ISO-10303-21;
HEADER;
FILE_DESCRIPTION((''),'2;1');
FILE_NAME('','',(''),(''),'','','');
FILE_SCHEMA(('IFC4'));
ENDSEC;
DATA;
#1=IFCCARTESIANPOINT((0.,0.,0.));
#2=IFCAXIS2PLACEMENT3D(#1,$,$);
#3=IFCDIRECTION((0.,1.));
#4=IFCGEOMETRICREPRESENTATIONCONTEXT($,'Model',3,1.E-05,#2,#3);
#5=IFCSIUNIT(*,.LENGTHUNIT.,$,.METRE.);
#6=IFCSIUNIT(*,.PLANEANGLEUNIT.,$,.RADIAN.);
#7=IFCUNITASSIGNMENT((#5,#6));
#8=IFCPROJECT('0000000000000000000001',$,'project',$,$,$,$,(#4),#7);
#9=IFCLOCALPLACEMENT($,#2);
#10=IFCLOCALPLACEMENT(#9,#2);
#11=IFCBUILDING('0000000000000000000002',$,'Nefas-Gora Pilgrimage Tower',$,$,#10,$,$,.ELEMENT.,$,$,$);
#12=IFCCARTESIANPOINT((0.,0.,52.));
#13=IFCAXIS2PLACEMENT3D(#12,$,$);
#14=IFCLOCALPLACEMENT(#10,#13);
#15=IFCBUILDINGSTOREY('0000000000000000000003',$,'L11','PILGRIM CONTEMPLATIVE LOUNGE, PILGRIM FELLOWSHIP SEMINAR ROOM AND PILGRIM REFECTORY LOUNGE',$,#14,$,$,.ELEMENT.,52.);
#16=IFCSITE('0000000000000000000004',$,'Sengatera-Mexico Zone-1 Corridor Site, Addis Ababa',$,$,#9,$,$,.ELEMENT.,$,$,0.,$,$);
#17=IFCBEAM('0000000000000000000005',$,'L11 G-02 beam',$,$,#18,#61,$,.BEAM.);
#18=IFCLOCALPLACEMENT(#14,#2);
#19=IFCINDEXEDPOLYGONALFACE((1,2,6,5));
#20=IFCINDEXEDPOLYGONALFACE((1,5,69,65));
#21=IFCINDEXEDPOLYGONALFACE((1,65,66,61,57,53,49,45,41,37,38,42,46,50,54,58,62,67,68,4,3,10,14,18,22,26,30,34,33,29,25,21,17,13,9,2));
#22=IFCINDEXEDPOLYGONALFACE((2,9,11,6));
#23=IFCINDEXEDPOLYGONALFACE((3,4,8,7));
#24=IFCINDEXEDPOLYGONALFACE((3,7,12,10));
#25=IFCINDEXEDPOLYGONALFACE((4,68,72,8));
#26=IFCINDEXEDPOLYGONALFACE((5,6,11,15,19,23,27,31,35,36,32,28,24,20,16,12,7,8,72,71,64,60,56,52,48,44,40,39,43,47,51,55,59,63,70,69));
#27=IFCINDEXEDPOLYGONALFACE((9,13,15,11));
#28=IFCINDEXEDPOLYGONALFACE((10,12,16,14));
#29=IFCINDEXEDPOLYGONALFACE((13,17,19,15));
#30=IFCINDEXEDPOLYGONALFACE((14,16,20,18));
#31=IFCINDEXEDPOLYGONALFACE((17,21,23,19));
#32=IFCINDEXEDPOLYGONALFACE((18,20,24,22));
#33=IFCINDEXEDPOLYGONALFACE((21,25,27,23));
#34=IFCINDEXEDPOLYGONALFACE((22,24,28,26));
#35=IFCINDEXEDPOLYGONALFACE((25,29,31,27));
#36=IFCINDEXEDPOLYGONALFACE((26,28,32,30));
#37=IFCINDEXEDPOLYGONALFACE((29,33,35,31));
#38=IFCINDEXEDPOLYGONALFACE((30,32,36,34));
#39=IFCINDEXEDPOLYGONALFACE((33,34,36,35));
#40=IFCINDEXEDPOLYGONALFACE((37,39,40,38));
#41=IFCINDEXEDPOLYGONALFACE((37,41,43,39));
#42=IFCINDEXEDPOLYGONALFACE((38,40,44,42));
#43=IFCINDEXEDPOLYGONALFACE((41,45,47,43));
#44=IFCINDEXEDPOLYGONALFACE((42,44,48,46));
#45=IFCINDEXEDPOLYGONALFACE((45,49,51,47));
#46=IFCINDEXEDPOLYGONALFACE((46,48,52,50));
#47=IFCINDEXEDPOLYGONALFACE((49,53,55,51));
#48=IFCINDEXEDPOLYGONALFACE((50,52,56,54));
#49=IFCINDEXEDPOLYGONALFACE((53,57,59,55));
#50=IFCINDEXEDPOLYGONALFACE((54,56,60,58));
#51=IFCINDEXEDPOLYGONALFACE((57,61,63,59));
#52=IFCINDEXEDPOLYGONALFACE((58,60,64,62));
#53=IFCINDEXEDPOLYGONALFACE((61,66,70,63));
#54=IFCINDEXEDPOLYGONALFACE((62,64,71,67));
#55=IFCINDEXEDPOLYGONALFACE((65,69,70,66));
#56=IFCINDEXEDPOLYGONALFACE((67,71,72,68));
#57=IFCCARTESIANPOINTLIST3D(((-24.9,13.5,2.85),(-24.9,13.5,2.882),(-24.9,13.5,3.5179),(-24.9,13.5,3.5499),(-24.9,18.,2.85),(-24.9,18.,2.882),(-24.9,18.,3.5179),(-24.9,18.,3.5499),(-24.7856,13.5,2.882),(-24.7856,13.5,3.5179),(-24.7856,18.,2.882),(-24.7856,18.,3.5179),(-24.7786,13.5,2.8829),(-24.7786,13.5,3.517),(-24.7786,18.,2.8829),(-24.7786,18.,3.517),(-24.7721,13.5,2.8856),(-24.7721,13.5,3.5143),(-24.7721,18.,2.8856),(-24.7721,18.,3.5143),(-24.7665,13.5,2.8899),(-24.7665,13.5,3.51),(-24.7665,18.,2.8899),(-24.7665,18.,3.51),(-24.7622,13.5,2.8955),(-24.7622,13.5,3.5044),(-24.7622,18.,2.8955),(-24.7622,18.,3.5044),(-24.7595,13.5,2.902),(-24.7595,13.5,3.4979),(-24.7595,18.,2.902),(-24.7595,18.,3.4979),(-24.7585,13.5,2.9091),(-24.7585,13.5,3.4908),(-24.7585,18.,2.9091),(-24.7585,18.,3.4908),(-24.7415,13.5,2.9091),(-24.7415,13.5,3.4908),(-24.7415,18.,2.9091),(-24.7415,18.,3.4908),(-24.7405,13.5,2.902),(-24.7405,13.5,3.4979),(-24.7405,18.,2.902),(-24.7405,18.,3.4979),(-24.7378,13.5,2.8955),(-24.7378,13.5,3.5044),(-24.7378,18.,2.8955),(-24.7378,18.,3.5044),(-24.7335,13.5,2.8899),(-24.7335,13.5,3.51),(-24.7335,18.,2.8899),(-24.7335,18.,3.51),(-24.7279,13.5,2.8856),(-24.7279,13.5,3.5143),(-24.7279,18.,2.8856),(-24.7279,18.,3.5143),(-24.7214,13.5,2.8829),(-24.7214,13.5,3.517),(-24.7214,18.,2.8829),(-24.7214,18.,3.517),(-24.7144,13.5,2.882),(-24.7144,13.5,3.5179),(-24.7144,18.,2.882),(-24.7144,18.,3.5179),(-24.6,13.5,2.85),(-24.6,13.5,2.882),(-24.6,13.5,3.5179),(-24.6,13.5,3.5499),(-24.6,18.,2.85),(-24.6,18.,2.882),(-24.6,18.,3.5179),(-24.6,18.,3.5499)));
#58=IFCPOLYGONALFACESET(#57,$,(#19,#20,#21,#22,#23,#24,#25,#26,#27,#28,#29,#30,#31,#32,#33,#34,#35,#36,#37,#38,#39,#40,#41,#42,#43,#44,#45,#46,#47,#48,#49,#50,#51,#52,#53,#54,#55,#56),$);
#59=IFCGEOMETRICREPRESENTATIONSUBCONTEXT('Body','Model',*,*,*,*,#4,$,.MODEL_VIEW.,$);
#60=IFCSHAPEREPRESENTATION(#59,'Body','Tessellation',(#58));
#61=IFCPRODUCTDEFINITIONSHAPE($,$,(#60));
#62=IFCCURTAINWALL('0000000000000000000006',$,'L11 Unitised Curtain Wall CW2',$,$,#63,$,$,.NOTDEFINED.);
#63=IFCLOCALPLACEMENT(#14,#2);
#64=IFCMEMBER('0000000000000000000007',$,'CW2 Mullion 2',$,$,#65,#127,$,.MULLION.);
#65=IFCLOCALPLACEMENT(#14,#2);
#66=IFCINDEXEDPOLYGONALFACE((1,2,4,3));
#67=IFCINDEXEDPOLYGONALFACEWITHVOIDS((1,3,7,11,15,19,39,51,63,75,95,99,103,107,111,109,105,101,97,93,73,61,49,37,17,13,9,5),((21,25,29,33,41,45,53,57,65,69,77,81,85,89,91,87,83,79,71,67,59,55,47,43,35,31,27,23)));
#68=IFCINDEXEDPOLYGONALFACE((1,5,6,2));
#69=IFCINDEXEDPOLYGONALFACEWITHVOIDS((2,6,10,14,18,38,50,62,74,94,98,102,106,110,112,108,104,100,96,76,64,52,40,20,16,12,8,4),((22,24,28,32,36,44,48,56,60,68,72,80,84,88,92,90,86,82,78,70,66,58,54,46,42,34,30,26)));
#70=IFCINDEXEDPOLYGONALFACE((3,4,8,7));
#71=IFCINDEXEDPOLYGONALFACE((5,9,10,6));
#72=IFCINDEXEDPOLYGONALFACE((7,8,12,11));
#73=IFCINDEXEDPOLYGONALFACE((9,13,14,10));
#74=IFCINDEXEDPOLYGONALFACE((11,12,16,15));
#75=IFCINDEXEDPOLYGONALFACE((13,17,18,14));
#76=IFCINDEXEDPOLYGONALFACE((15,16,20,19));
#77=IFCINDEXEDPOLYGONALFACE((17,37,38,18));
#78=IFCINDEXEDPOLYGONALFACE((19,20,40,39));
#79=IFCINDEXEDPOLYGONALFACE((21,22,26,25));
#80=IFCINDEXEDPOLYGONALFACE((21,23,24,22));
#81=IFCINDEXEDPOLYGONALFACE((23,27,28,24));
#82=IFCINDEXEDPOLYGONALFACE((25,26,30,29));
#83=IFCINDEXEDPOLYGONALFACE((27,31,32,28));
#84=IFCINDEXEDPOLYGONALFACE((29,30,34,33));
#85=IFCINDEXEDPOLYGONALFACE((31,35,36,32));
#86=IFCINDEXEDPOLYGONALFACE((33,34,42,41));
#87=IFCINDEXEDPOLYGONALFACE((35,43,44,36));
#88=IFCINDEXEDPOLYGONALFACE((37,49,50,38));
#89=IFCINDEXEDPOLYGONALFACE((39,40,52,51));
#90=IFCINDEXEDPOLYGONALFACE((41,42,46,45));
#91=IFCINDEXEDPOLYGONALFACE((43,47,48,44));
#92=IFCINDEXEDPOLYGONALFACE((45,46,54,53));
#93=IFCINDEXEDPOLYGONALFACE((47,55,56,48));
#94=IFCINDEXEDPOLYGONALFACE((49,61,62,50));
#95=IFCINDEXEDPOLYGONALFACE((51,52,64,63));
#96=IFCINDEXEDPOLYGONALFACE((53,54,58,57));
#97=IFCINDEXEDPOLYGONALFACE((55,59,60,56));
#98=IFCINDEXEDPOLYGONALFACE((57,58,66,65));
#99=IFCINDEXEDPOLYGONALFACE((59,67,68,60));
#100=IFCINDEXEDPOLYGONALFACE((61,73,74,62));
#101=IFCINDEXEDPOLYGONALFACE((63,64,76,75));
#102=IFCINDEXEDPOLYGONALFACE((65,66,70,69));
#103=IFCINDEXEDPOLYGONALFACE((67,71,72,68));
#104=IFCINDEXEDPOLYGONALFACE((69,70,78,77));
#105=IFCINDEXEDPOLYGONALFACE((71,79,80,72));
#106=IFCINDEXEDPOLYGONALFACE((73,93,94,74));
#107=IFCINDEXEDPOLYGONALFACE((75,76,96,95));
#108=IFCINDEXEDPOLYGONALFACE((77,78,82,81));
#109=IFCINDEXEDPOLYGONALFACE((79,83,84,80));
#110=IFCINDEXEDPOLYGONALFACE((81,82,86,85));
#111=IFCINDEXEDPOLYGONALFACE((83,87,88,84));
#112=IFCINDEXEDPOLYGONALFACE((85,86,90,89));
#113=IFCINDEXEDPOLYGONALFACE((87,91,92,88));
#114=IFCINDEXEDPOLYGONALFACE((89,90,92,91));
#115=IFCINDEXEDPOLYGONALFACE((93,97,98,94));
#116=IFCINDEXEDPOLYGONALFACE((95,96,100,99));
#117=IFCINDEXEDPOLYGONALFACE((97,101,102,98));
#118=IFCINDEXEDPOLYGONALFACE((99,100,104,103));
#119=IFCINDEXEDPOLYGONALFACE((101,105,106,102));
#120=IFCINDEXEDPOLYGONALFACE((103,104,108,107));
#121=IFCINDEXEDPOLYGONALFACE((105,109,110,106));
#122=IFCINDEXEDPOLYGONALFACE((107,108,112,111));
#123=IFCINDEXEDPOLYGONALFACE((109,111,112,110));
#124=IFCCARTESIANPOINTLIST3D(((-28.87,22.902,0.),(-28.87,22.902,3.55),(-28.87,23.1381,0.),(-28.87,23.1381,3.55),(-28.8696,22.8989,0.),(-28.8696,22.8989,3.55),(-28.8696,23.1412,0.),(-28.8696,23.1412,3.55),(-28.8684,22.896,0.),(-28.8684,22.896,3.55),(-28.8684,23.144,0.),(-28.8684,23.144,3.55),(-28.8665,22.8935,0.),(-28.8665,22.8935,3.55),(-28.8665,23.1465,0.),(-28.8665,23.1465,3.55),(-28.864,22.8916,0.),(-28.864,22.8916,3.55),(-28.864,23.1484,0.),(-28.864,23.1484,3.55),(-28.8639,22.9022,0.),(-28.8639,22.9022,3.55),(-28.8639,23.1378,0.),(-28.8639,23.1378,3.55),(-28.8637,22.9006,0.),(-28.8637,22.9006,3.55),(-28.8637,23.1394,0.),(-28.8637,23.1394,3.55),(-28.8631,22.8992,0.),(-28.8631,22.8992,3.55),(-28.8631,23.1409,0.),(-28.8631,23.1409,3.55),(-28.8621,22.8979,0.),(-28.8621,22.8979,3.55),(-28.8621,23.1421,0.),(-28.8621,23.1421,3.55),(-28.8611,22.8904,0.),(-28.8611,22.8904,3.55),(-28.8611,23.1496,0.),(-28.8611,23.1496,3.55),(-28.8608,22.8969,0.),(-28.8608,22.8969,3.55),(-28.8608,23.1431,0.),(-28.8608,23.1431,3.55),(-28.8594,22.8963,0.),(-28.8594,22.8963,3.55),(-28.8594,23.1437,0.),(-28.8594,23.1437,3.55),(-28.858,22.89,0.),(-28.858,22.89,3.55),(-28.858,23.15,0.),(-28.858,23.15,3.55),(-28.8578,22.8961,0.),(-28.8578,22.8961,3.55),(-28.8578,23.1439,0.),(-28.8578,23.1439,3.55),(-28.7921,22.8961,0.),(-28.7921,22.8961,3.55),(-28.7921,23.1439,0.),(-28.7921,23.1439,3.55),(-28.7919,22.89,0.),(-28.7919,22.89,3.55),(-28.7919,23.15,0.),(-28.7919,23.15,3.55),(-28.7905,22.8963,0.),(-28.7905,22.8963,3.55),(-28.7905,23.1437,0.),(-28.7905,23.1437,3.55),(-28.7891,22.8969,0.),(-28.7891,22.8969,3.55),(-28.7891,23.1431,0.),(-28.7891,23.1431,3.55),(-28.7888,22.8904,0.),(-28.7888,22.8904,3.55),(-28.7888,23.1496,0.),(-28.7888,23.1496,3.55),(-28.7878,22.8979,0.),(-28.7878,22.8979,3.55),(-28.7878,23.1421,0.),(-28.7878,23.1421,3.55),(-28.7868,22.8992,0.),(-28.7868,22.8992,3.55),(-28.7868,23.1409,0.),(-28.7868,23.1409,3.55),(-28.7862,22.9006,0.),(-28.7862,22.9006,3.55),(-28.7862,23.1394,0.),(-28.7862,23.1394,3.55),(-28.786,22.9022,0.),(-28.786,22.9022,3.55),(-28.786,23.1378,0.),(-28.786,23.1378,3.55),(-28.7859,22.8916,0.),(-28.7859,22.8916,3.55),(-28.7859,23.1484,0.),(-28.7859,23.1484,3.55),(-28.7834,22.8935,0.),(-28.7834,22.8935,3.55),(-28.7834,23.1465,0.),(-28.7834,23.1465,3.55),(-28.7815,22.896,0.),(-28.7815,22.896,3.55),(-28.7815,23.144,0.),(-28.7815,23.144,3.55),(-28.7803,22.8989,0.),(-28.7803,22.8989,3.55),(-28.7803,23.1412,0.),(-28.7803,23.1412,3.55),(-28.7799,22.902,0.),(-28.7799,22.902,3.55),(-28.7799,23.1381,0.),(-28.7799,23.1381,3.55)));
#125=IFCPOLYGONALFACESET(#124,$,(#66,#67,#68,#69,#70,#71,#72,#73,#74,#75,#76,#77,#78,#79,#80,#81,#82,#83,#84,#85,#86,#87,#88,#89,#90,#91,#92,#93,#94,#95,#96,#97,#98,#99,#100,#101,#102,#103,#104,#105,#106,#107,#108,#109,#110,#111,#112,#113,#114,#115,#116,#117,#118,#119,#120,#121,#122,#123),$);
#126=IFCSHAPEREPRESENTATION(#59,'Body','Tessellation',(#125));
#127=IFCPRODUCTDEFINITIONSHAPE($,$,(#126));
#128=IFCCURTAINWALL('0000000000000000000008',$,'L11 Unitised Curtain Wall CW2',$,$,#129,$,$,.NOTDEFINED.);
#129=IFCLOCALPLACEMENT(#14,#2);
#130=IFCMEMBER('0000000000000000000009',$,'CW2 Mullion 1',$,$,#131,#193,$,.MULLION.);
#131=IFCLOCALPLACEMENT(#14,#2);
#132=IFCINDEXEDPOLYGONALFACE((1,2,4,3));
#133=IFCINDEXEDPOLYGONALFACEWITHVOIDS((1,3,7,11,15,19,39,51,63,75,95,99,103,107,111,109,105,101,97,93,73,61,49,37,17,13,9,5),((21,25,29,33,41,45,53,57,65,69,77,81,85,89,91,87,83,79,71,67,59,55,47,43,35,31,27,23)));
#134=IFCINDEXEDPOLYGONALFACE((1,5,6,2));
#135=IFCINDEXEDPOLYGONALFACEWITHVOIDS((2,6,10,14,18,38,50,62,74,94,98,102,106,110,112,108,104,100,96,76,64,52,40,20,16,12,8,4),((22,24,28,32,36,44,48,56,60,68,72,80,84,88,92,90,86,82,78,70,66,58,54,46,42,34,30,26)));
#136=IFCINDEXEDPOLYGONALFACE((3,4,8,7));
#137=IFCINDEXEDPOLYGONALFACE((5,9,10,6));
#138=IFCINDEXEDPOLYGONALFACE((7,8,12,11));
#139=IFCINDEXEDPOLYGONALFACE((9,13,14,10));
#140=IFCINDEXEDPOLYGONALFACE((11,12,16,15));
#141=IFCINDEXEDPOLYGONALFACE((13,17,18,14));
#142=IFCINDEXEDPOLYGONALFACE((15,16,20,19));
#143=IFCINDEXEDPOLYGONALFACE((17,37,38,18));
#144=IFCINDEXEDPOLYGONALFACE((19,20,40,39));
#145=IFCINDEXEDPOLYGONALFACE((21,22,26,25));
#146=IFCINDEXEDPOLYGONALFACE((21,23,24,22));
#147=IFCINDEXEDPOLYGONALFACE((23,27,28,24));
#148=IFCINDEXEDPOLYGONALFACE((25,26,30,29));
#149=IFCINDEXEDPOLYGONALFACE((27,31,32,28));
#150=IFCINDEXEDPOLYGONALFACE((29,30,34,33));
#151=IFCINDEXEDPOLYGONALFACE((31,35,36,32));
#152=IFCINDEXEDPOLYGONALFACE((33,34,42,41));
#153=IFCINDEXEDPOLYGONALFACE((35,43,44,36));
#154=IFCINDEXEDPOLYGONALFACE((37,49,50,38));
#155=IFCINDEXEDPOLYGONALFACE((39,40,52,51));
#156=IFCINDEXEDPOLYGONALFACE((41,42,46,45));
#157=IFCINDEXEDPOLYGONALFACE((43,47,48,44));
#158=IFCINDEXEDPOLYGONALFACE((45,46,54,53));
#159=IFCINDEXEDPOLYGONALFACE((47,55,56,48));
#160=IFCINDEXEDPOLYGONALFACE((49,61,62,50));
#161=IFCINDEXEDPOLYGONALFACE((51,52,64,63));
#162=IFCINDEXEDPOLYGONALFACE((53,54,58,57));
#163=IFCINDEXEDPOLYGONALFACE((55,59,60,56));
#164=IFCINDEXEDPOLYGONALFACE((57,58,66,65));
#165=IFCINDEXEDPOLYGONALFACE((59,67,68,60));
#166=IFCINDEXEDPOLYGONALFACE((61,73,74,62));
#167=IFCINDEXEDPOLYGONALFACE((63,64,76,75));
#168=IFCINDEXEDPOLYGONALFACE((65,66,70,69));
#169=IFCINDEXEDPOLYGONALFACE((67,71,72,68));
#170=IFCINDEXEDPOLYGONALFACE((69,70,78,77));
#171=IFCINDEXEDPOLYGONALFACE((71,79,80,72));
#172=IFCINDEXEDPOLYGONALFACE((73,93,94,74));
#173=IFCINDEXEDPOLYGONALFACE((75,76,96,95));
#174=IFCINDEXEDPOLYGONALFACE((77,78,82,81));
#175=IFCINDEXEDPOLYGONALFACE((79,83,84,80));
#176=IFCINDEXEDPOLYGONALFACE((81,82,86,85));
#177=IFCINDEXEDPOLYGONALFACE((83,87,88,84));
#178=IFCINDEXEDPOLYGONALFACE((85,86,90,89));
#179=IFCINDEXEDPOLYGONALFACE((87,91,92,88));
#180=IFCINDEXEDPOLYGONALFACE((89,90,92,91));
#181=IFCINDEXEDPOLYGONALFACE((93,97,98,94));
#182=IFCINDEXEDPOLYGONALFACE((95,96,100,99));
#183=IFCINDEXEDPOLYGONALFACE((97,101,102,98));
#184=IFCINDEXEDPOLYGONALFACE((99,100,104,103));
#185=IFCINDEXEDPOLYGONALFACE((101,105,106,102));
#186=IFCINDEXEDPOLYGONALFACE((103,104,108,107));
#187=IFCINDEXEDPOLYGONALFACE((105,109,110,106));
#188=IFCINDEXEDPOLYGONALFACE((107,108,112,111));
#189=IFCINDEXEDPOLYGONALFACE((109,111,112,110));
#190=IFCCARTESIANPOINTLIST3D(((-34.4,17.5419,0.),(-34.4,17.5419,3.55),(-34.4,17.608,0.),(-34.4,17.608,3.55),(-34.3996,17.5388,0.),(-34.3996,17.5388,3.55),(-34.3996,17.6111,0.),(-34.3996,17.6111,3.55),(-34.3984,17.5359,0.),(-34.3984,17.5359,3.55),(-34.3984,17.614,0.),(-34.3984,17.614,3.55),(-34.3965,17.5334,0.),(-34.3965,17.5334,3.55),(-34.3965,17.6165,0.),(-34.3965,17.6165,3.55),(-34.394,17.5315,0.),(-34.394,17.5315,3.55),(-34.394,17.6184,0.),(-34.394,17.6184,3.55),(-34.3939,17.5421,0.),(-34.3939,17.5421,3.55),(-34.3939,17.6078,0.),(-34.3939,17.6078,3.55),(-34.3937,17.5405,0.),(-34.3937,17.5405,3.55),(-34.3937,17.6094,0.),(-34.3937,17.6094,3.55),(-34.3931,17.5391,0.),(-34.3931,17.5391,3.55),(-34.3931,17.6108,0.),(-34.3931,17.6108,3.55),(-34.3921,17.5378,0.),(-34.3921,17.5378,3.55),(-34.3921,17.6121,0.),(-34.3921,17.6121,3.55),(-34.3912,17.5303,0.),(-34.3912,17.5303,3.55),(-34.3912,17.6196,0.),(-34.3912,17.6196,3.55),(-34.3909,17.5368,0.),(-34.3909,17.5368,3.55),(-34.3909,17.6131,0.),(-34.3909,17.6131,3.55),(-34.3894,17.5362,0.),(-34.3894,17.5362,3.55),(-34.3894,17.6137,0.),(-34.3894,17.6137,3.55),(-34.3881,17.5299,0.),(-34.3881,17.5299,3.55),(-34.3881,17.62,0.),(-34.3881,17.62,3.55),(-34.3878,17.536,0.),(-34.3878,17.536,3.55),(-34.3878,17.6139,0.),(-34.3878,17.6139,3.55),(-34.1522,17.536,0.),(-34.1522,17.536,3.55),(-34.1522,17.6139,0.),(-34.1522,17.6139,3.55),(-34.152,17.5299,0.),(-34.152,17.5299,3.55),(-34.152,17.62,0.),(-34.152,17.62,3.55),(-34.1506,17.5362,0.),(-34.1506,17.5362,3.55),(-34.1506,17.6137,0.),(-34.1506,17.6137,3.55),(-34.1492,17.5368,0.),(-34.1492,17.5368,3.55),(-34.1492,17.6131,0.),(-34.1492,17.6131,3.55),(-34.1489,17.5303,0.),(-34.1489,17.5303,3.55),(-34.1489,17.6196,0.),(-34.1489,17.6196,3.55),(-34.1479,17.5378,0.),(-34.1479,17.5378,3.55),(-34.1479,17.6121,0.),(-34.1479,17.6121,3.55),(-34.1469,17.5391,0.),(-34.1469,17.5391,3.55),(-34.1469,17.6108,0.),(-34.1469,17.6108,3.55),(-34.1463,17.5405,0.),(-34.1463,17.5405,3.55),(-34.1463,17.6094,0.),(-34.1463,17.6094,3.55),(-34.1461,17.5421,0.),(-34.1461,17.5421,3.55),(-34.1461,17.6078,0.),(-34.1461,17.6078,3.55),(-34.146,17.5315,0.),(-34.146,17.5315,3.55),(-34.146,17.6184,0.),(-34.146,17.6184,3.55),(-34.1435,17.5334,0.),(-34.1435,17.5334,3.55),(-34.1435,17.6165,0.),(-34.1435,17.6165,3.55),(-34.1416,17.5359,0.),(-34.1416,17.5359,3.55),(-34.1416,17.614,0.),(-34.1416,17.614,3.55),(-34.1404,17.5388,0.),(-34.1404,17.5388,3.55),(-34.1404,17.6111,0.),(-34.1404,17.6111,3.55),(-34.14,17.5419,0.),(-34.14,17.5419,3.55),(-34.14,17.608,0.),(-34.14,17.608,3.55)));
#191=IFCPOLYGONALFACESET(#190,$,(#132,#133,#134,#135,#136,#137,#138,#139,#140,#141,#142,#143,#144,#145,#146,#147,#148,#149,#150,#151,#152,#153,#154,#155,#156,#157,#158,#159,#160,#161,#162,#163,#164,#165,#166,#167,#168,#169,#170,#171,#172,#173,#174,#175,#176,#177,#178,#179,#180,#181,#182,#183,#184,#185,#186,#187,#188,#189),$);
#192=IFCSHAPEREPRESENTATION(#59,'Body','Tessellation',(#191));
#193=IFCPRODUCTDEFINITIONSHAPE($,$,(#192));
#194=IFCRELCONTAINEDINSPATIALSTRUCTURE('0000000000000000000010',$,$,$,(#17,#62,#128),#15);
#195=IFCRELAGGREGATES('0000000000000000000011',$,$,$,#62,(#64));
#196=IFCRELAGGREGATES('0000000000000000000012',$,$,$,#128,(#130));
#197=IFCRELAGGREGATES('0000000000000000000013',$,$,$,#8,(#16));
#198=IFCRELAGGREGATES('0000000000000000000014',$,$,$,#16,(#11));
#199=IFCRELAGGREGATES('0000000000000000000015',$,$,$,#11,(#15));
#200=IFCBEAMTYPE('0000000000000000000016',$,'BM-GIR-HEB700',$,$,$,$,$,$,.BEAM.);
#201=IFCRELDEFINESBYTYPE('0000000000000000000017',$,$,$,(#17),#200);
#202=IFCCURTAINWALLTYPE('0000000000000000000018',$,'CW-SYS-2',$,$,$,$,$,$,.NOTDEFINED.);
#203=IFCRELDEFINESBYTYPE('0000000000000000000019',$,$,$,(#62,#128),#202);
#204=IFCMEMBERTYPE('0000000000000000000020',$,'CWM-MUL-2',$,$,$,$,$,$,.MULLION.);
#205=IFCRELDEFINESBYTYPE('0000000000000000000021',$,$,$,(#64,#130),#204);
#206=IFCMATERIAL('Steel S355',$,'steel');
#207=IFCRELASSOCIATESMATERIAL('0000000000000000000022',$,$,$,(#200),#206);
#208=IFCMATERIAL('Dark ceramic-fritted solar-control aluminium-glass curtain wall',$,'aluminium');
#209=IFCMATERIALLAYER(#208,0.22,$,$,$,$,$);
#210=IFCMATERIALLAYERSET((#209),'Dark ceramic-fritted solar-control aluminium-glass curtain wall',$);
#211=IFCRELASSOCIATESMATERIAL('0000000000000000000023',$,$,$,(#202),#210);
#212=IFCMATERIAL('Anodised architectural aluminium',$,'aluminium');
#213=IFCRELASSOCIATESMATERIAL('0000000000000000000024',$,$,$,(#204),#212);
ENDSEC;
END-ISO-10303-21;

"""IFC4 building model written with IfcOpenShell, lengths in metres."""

from ifc_helpers import new_model, si_unit, direction, frame, origin, origin_2d, place, context, subcontext, project, spatial, hollow_rectangle, i_section, extrude, source, transform, mapped, material, layer, layer_set, material_profile, profile_set, type_object, element, aggregate, save


model = new_model("IFC4")

# Units and contexts
model_context = context("Model", 3, precision=1e-05, world=origin(), true_north=direction((0.0, 1.0)))
body_context = subcontext(model_context, "Body", "Model", "MODEL_VIEW")
ifc_project = project(units=[si_unit("LENGTHUNIT", "METRE"), si_unit("PLANEANGLEUNIT", "RADIAN")], contexts=[model_context])

# Site, building, storey
site_placement = place(None, origin())
site = spatial("IfcSite", under=ifc_project, at=site_placement, Name="Sengatera-Mexico Zone-1 Corridor Site, Addis Ababa", CompositionType="ELEMENT", RefElevation=0.0)
building_placement = place(site_placement, origin())
building = spatial("IfcBuilding", under=site, at=building_placement, Name="Nefas-Gora Pilgrimage Tower", CompositionType="ELEMENT")
storey_placement = place(building_placement, frame((0.0, 0.0, 52.0)))
storey = spatial("IfcBuildingStorey", under=building, at=storey_placement, Name="L11", Description="PILGRIM CONTEMPLATIVE LOUNGE, PILGRIM FELLOWSHIP SEMINAR ROOM AND PILGRIM REFECTORY LOUNGE", CompositionType="ELEMENT", Elevation=52.0)

# Beam
ifc_material_1 = material(Name="Steel S355", Category="steel")
ifc_material_profile_1 = material_profile(ifc_material_1, i_section(OverallWidth=0.3, OverallDepth=0.7, WebThickness=0.0171, FlangeThickness=0.032, FilletRadius=0.0271, at=origin_2d()), Name="HEB 700")
ifc_profile_set_1 = profile_set([ifc_material_profile_1], Name="Steel S355")
beam_type_1 = type_object("IfcBeamType", Name="BM-GIR-HEB700", PredefinedType="BEAM", material=ifc_profile_set_1)
shared_shape_1 = source(origin(), body_context, "Body", "SweptSolid", [
    extrude(i_section(OverallWidth=0.3, OverallDepth=0.7, WebThickness=0.0171, FlangeThickness=0.032, FilletRadius=0.0271, at=origin_2d()), origin(), (0.0, 0.0, 1.0), 4.5),
])
for number, where, z_axis, x_axis, name in (
    (1, (-24.75, 13.5, 3.2), (0.0, 1.0, 0.0), (-1.0, 0.0, 0.0), "L11 G-02 beam"),
):
    element("IfcBeam", number, at=place(storey_placement, frame(where, z_axis=z_axis, x_axis=x_axis)), inside=storey, type_object=beam_type_1, Name=name, PredefinedType="BEAM", context=body_context, shape_type="MappedRepresentation", body=[
        mapped(shared_shape_1, transform((0.0, 0.0, 0.0), x_axis=(1.0, 0.0, 0.0), y_axis=(0.0, 1.0, 0.0), z_axis=(0.0, 0.0, 1.0), scale=1.0)),
    ])

# Curtain wall, member
ifc_material_2 = material(Name="Dark ceramic-fritted solar-control aluminium-glass curtain wall", Category="aluminium")
ifc_layer_1 = layer(ifc_material_2, 0.22)
ifc_layer_set_1 = layer_set([ifc_layer_1], Name="Dark ceramic-fritted solar-control aluminium-glass curtain wall")
curtain_wall_type = type_object("IfcCurtainWallType", Name="CW-SYS-2", PredefinedType="NOTDEFINED", material=ifc_layer_set_1)
curtain_wall_1_placement = place(storey_placement, origin())
curtain_wall_1 = element("IfcCurtainWall", 2, at=curtain_wall_1_placement, inside=storey, type_object=curtain_wall_type, Name="L11 Unitised Curtain Wall CW2", PredefinedType="NOTDEFINED")
ifc_material_3 = material(Name="Anodised architectural aluminium", Category="aluminium")
ifc_material_profile_2 = material_profile(ifc_material_3, hollow_rectangle(XDim=0.0901, YDim=0.26, WallThickness=0.0061, InnerFilletRadius=0.0061, OuterFilletRadius=0.012, at=origin_2d()), Name="ALU MULLION 90x260")
ifc_profile_set_2 = profile_set([ifc_material_profile_2], Name="Anodised architectural aluminium")
member_type_1 = type_object("IfcMemberType", Name="CWM-MUL-2", PredefinedType="MULLION", material=ifc_profile_set_2)
shared_shape_2 = source(origin(), body_context, "Body", "SweptSolid", [
    extrude(hollow_rectangle(XDim=0.0901, YDim=0.26, WallThickness=0.0061, InnerFilletRadius=0.0061, OuterFilletRadius=0.012, at=origin_2d()), origin(), (0.0, 0.0, 1.0), 3.55),
])
member_1_placement = place(storey_placement, frame((-28.825, 23.02, 0.0), z_axis=(0.0, 0.0, 1.0), x_axis=(-1.0, 0.0, 0.0)))
member_1 = element("IfcMember", 3, at=member_1_placement, type_object=member_type_1, Name="CW2 Mullion 2", PredefinedType="MULLION", context=body_context, shape_type="MappedRepresentation", body=[
    mapped(shared_shape_2, transform((0.0, 0.0, 0.0), x_axis=(1.0, 0.0, 0.0), y_axis=(0.0, 1.0, 0.0), z_axis=(0.0, 0.0, 1.0), scale=1.0)),
])
aggregate(curtain_wall_1, [member_1])

# Curtain wall, member
curtain_wall_2_placement = place(storey_placement, origin())
curtain_wall_2 = element("IfcCurtainWall", 4, at=curtain_wall_2_placement, inside=storey, type_object=curtain_wall_type, Name="L11 Unitised Curtain Wall CW2", PredefinedType="NOTDEFINED")
member_2_placement = place(storey_placement, frame((-34.27, 17.575, 0.0), z_axis=(0.0, 0.0, 1.0), x_axis=(0.0, -1.0, 0.0)))
member_2 = element("IfcMember", 5, at=member_2_placement, type_object=member_type_1, Name="CW2 Mullion 1", PredefinedType="MULLION", context=body_context, shape_type="MappedRepresentation", body=[
    mapped(shared_shape_2, transform((0.0, 0.0, 0.0), x_axis=(1.0, 0.0, 0.0), y_axis=(0.0, 1.0, 0.0), z_axis=(0.0, 0.0, 1.0), scale=1.0)),
])
aggregate(curtain_wall_2, [member_2])

save(model, "model.ifc")
